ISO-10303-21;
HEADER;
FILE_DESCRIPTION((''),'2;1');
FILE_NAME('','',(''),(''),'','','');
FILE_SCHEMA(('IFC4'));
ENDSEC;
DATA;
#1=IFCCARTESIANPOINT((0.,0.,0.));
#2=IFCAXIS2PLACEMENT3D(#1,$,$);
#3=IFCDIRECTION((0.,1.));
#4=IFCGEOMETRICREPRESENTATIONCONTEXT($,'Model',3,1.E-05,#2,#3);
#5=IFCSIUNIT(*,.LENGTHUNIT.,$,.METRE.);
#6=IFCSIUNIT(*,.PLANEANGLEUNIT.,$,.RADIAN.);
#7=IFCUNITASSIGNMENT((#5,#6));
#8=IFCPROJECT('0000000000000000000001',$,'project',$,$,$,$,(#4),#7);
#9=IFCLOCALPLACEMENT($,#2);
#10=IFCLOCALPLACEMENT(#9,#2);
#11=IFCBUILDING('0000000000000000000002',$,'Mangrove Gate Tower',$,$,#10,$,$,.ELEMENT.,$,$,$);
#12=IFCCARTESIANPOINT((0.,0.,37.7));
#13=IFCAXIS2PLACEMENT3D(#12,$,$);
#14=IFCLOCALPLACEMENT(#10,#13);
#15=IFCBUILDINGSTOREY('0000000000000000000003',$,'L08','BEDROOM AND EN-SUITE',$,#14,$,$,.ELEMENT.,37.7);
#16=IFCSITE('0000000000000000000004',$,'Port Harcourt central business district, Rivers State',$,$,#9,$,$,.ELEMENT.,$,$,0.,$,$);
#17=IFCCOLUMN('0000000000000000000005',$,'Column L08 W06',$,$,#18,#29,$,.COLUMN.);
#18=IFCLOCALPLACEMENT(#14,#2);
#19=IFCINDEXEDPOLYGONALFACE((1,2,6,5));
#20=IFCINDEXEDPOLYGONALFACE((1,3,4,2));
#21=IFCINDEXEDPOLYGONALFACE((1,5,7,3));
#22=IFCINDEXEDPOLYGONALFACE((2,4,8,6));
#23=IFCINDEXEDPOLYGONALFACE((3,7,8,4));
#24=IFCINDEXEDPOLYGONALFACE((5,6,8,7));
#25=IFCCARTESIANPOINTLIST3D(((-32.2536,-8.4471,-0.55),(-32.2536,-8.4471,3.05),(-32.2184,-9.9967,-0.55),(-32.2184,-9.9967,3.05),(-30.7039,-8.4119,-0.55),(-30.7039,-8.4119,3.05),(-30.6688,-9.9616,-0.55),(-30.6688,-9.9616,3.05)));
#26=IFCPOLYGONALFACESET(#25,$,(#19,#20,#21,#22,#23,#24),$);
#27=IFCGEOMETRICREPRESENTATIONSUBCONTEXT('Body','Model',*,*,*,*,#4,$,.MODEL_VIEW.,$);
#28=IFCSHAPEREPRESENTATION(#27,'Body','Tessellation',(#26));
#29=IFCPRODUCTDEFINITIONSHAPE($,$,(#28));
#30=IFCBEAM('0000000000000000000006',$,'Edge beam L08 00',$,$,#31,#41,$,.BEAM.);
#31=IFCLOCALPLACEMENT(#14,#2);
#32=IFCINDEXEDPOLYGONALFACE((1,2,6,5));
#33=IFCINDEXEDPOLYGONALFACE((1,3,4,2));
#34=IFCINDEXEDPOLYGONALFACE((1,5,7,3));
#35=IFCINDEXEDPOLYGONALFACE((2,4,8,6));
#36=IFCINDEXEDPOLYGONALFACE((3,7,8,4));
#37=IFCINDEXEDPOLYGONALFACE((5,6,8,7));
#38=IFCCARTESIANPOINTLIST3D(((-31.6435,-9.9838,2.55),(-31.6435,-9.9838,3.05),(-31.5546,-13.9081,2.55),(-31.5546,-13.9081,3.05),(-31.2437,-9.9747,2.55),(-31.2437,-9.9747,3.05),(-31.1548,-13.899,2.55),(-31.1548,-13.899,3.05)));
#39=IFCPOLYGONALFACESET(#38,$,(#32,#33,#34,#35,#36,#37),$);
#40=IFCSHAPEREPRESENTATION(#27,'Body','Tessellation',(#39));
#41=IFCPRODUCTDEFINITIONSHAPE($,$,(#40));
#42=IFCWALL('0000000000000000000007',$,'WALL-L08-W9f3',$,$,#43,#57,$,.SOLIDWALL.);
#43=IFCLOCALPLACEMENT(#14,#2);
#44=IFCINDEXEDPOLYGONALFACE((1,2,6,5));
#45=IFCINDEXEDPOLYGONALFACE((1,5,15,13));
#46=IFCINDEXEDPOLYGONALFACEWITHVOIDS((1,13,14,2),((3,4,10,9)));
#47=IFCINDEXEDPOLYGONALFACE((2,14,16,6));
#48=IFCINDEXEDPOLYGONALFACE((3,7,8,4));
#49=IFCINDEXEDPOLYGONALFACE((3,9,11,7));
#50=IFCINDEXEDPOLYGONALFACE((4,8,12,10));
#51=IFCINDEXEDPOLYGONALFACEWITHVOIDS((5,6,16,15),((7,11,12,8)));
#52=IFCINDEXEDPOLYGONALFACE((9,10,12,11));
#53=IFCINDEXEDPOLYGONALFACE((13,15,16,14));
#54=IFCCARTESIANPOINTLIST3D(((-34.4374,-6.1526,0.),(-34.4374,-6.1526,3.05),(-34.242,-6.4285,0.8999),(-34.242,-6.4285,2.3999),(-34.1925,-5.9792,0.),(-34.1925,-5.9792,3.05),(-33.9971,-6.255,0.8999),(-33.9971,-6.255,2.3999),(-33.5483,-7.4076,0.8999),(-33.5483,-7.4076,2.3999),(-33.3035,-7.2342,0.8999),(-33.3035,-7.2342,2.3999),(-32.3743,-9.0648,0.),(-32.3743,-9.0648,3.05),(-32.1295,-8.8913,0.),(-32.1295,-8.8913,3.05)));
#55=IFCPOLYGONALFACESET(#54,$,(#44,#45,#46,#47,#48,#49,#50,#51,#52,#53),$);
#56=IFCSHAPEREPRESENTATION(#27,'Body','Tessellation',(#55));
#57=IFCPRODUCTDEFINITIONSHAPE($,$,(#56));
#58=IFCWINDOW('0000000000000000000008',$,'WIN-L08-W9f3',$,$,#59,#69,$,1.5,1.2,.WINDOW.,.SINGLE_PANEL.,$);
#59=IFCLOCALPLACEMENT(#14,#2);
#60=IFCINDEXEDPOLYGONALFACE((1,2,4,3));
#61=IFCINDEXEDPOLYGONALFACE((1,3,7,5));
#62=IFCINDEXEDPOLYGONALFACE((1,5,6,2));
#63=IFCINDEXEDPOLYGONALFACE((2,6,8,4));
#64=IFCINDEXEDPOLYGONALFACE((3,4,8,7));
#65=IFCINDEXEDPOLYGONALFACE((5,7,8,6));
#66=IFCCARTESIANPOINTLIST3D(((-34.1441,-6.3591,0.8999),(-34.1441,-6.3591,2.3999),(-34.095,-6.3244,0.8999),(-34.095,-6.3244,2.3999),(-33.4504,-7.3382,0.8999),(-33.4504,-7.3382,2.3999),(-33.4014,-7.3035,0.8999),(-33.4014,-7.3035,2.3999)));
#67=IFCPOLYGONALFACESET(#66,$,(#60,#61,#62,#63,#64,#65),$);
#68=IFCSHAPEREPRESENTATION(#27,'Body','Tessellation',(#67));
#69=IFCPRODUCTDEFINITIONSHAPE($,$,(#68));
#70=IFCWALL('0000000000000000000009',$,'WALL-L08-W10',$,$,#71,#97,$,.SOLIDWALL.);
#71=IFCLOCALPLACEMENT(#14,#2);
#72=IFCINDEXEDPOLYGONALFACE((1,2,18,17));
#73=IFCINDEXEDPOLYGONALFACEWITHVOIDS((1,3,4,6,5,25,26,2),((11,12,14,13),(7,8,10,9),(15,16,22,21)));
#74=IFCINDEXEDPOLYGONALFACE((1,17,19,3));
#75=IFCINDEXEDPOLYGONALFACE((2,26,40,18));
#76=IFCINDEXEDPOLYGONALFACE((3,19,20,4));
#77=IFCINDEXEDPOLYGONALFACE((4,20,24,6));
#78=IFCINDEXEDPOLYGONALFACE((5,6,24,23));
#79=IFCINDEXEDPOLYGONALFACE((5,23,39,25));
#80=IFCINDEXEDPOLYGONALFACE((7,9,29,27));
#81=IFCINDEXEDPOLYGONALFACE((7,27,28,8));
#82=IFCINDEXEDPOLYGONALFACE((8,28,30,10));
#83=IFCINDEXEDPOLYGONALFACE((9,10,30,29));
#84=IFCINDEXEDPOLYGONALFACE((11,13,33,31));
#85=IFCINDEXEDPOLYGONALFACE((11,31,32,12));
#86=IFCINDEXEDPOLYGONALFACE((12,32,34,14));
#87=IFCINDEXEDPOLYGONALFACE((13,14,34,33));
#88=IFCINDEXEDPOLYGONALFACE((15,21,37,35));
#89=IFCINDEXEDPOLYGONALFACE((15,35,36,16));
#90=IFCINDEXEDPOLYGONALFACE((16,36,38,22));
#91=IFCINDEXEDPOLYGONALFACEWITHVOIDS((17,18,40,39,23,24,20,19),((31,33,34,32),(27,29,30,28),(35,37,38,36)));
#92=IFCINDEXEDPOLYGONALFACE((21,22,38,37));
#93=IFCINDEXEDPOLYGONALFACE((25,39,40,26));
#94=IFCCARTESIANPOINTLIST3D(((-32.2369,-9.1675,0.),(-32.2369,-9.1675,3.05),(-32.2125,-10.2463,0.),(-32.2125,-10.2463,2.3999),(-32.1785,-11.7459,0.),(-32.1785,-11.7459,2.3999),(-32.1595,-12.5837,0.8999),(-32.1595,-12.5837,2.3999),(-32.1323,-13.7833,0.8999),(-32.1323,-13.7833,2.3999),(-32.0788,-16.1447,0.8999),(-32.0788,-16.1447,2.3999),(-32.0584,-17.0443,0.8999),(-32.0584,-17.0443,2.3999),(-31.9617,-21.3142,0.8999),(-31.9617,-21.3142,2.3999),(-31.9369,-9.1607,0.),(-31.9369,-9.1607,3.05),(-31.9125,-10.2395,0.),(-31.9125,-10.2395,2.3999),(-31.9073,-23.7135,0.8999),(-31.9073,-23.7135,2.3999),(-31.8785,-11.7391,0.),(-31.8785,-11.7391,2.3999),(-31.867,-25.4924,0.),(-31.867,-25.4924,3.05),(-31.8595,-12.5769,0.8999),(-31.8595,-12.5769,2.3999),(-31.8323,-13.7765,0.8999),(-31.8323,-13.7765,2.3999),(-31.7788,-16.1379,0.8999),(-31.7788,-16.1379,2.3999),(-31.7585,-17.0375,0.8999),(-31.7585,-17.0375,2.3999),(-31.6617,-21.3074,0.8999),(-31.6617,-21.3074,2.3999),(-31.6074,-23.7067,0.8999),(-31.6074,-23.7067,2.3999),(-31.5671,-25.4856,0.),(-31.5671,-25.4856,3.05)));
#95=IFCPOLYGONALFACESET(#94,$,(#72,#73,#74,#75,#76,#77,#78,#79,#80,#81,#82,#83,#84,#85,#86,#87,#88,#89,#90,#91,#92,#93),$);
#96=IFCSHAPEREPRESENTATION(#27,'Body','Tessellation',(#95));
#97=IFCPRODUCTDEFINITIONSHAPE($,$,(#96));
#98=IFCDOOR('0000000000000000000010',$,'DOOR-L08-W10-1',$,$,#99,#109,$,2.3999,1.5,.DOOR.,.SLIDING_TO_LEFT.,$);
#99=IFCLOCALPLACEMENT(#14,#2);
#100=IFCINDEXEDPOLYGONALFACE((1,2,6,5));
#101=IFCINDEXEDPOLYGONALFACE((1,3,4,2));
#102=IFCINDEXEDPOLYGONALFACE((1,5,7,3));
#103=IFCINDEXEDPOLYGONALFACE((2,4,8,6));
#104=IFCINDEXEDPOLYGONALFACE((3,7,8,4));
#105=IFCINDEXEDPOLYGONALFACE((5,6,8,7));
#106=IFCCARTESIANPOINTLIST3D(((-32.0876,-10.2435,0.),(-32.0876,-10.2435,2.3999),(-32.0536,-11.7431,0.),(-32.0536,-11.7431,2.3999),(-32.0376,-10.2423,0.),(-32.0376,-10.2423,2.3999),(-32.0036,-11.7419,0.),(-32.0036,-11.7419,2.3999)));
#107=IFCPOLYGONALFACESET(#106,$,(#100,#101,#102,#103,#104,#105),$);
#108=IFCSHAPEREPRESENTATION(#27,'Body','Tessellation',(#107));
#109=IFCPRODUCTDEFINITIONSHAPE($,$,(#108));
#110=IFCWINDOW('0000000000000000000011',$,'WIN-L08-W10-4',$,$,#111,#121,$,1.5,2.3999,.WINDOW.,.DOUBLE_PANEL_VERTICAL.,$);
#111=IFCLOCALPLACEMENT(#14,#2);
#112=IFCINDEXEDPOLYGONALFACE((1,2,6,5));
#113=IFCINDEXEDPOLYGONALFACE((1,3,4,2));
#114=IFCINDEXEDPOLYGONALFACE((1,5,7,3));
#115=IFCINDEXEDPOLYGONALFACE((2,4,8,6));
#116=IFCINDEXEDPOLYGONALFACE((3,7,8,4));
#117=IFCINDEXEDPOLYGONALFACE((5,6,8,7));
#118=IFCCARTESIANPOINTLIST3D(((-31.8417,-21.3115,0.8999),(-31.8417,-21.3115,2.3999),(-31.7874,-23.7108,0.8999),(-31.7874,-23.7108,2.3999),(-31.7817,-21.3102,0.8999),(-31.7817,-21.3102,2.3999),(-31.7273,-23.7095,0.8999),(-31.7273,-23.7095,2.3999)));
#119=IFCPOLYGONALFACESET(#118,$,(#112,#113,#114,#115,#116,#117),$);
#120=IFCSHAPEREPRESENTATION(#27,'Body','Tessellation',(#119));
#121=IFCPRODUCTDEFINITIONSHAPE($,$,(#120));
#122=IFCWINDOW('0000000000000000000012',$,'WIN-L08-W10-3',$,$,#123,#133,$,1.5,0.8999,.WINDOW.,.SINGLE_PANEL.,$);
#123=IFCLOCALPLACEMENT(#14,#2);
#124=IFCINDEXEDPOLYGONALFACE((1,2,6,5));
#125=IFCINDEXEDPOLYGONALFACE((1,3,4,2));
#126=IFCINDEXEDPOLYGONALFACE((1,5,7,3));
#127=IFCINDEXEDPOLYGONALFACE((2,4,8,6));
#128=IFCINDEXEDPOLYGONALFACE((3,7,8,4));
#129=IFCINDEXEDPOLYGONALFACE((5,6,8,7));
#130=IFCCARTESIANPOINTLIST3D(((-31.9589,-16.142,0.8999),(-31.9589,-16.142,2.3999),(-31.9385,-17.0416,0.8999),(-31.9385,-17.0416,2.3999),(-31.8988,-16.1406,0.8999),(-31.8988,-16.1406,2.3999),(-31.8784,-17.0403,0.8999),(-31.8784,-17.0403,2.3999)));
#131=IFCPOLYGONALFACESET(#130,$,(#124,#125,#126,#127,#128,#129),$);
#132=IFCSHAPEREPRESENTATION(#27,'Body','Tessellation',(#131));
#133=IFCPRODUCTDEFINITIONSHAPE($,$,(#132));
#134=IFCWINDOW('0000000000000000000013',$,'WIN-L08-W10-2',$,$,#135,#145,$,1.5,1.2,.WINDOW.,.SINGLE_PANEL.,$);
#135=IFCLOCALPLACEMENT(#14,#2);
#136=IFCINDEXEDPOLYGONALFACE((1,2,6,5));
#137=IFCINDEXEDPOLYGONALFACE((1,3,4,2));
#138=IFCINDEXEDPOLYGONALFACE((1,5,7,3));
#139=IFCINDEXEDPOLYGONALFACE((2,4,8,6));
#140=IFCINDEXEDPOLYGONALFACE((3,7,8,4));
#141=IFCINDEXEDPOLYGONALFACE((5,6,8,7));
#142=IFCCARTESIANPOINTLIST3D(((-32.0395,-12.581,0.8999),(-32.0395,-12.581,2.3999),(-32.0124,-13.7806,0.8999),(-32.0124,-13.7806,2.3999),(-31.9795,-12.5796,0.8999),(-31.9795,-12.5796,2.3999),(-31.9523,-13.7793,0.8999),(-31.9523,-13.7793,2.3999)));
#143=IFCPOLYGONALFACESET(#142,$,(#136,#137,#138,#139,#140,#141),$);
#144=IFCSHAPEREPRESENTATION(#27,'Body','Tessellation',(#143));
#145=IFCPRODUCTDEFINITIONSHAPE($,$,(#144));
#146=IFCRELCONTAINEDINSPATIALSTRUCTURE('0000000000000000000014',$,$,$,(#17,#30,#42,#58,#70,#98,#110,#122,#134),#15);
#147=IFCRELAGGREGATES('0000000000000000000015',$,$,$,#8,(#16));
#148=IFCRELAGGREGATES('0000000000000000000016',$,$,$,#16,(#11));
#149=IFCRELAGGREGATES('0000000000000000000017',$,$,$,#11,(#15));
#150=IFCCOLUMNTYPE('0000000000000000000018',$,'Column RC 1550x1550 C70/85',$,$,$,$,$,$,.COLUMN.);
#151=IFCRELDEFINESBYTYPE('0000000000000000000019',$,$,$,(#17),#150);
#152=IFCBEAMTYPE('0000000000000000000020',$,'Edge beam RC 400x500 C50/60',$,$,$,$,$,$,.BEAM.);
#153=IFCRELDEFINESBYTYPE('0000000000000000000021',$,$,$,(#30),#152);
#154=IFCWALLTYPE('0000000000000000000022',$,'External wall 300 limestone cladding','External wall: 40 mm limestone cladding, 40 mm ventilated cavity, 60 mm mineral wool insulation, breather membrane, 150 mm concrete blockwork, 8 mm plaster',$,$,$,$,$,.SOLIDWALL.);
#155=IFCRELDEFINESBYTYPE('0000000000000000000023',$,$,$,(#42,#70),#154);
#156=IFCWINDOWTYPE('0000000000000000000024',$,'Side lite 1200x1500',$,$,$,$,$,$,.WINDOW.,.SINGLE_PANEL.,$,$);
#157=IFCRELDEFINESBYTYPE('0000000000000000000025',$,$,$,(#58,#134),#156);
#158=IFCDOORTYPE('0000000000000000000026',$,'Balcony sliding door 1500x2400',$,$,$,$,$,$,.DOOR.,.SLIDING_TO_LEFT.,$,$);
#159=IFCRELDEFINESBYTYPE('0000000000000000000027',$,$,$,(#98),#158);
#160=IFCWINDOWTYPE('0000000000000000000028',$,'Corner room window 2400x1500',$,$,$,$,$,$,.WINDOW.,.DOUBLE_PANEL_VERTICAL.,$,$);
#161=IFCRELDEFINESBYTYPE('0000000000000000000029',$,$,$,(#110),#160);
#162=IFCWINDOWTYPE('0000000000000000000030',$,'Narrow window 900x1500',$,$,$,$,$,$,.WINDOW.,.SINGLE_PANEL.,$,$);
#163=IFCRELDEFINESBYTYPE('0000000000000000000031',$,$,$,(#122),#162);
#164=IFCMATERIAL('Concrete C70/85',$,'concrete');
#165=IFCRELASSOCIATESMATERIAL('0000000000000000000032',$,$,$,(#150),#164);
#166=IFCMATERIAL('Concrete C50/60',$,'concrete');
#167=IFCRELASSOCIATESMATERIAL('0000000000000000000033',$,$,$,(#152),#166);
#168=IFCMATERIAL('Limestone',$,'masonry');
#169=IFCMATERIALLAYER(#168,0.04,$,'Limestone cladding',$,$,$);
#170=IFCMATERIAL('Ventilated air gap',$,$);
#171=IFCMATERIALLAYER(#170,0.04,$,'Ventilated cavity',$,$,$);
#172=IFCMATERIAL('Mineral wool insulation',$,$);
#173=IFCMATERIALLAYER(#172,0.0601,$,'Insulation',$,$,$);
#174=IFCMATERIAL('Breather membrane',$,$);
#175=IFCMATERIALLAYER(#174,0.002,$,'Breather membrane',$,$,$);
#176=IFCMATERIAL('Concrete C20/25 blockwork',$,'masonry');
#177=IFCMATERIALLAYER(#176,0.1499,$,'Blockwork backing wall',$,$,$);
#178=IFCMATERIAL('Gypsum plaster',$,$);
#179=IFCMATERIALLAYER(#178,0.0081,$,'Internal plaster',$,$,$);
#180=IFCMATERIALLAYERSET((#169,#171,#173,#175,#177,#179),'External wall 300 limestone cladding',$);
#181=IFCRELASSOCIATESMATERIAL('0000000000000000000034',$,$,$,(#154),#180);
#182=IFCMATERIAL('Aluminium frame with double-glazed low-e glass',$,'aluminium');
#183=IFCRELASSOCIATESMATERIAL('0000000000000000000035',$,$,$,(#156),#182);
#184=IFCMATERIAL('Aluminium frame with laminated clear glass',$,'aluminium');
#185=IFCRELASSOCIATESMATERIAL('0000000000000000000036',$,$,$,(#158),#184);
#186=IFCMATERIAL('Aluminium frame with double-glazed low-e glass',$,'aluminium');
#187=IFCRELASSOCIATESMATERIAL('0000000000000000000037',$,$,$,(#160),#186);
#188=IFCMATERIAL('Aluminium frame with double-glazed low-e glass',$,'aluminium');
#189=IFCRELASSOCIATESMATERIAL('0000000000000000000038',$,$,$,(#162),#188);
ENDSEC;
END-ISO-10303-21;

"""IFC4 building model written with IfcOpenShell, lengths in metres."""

from ifc_helpers import new_model, si_unit, direction, frame, frame_2d, origin, origin_2d, place, context, subcontext, project, spatial, rectangle, extrude, material, layer, layer_set, material_profile, profile_set, type_object, element, fill, save


model = new_model("IFC4")

# Units and contexts
model_context = context("Model", 3, precision=1e-05, world=origin(), true_north=direction((0.0, 1.0)))
body_context = subcontext(model_context, "Body", "Model", "MODEL_VIEW")
ifc_project = project(units=[si_unit("LENGTHUNIT", "METRE"), si_unit("PLANEANGLEUNIT", "RADIAN")], contexts=[model_context])

# Site, building, storey
site_placement = place(None, origin())
site = spatial("IfcSite", under=ifc_project, at=site_placement, Name="Port Harcourt central business district, Rivers State", CompositionType="ELEMENT", RefElevation=0.0)
building_placement = place(site_placement, origin())
building = spatial("IfcBuilding", under=site, at=building_placement, Name="Mangrove Gate Tower", CompositionType="ELEMENT")
storey_placement = place(building_placement, frame((0.0, 0.0, 37.7)))
storey = spatial("IfcBuildingStorey", under=building, at=storey_placement, Name="L08", Description="BEDROOM AND EN-SUITE", CompositionType="ELEMENT", Elevation=37.7)

# Column
ifc_material_1 = material(Name="Concrete C70/85", Category="concrete")
ifc_material_profile_1 = material_profile(ifc_material_1, rectangle(XDim=1.55, YDim=1.55, at=origin_2d()))
ifc_profile_set_1 = profile_set([ifc_material_profile_1], Name="Concrete C70/85")
column_type = type_object("IfcColumnType", Name="Column RC 1550x1550 C70/85", PredefinedType="COLUMN", material=ifc_profile_set_1)
column_placement = place(storey_placement, frame((-31.4612, -9.2043, -0.55), z_axis=(0.0, 0.0, 1.0), x_axis=(0.022678, -0.999743, 0.0)))
element("IfcColumn", 1, at=column_placement, inside=storey, type_object=column_type, Name="Column L08 W06", PredefinedType="COLUMN", context=body_context, shape_type="SweptSolid", body=[
    extrude(rectangle(XDim=1.55, YDim=1.55, at=origin_2d()), origin(), (0.0, 0.0, 1.0), 3.6001),
])

# Beam
ifc_material_2 = material(Name="Concrete C50/60", Category="concrete")
ifc_material_profile_2 = material_profile(ifc_material_2, rectangle(XDim=0.3999, YDim=0.5, at=origin_2d()))
ifc_profile_set_2 = profile_set([ifc_material_profile_2], Name="Concrete C50/60")
beam_type = type_object("IfcBeamType", Name="Edge beam RC 400x500 C50/60", PredefinedType="BEAM", material=ifc_profile_set_2)
beam_placement = place(storey_placement, frame((-31.4436, -9.9792, 2.8), z_axis=(0.022639, -0.999744, 0.0), x_axis=(0.999744, 0.022639, 0.0)))
element("IfcBeam", 2, at=beam_placement, inside=storey, type_object=beam_type, Name="Edge beam L08 00", PredefinedType="BEAM", context=body_context, shape_type="SweptSolid", body=[
    extrude(rectangle(XDim=0.3999, YDim=0.5, at=origin_2d()), origin(), (0.0, 0.0, 1.0), 3.9253),
])

# Wall, opening, window
ifc_material_3 = material(Name="Limestone", Category="masonry")
ifc_layer_1 = layer(ifc_material_3, 0.04, Name="Limestone cladding")
ifc_material_4 = material(Name="Ventilated air gap")
ifc_layer_2 = layer(ifc_material_4, 0.04, Name="Ventilated cavity")
ifc_material_5 = material(Name="Mineral wool insulation")
ifc_layer_3 = layer(ifc_material_5, 0.0601, Name="Insulation")
ifc_material_6 = material(Name="Breather membrane")
ifc_layer_4 = layer(ifc_material_6, 0.002, Name="Breather membrane")
ifc_material_7 = material(Name="Concrete C20/25 blockwork", Category="masonry")
ifc_layer_5 = layer(ifc_material_7, 0.1499, Name="Blockwork backing wall")
ifc_material_8 = material(Name="Gypsum plaster")
ifc_layer_6 = layer(ifc_material_8, 0.0081, Name="Internal plaster")
ifc_layer_set_1 = layer_set([ifc_layer_1, ifc_layer_2, ifc_layer_3, ifc_layer_4, ifc_layer_5, ifc_layer_6], Name="External wall 300 limestone cladding")
wall_type_1 = type_object("IfcWallType", Name="External wall 300 limestone cladding", Description="External wall: 40 mm limestone cladding, 40 mm ventilated cavity, 60 mm mineral wool insulation, breather membrane, 150 mm concrete blockwork, 8 mm plaster", PredefinedType="SOLIDWALL", material=ifc_layer_set_1)
wall_1_placement = place(storey_placement, frame((-34.3149, -6.0659, 0.0), z_axis=(0.0, 0.0, 1.0), x_axis=(0.578063, -0.815992, 0.0)))
wall_1 = element("IfcWall", 3, at=wall_1_placement, inside=storey, type_object=wall_type_1, Name="WALL-L08-W9f3", PredefinedType="SOLIDWALL", context=body_context, shape_type="SweptSolid", body=[
    extrude(rectangle(XDim=3.5688, YDim=0.3, at=frame_2d((1.7844, 0.0))), origin(), (0.0, 0.0, 1.0), 3.05),
])
opening_1_placement = place(wall_1_placement, frame((0.3379, 0.0, 0.8999)))
opening_1 = element("IfcOpeningElement", 4, at=opening_1_placement, cuts=wall_1, PredefinedType="OPENING", context=body_context, shape_type="SweptSolid", body=[
    extrude(rectangle(XDim=1.2, YDim=1.5, at=frame_2d((0.6001, 0.75))), frame((0.0, 0.1599, 0.0), z_axis=(0.0, -1.0, 0.0), x_axis=(1.0, 0.0, 0.0)), (0.0, 0.0, 1.0), 0.3201),
])
ifc_material_9 = material(Name="Aluminium frame with double-glazed low-e glass", Category="aluminium")
window_type_1 = type_object("IfcWindowType", Name="Side lite 1200x1500", PartitioningType="SINGLE_PANEL", PredefinedType="WINDOW", material=ifc_material_9)
window_1_placement = place(opening_1_placement, origin())
window_1 = element("IfcWindow", 5, at=window_1_placement, inside=storey, type_object=window_type_1, Name="WIN-L08-W9f3", OverallHeight=1.5, OverallWidth=1.2, PartitioningType="SINGLE_PANEL", PredefinedType="WINDOW", context=body_context, shape_type="SweptSolid", body=[
    extrude(rectangle(XDim=1.2, YDim=1.5, at=frame_2d((0.6001, 0.75))), frame((0.0, 0.03, 0.0), z_axis=(0.0, -1.0, 0.0), x_axis=(1.0, 0.0, 0.0)), (0.0, 0.0, 1.0), 0.0601),
])
fill(opening_1, window_1)

# Wall, openings, door, windows
wall_2_placement = place(storey_placement, frame((-32.0869, -9.1641, 0.0), z_axis=(0.0, 0.0, 1.0), x_axis=(0.022651, -0.999743, 0.0)))
wall_2 = element("IfcWall", 6, at=wall_2_placement, inside=storey, type_object=wall_type_1, Name="WALL-L08-W10", PredefinedType="SOLIDWALL", context=body_context, shape_type="SweptSolid", body=[
    extrude(rectangle(XDim=16.3291, YDim=0.3, at=frame_2d((8.1646, 0.0))), origin(), (0.0, 0.0, 1.0), 3.05),
])
opening_2_placement = place(wall_2_placement, frame((1.0791, 0.0, 0.0)))
opening_2 = element("IfcOpeningElement", 7, at=opening_2_placement, cuts=wall_2, PredefinedType="OPENING", context=body_context, shape_type="SweptSolid", body=[
    extrude(rectangle(XDim=1.5, YDim=2.3999, at=frame_2d((0.75, 1.2))), frame((0.0, 0.1599, 0.0), z_axis=(0.0, -1.0, 0.0), x_axis=(1.0, 0.0, 0.0)), (0.0, 0.0, 1.0), 0.3201),
])
opening_3_placement = place(wall_2_placement, frame((3.417, 0.0, 0.8999)))
opening_3 = element("IfcOpeningElement", 8, at=opening_3_placement, cuts=wall_2, PredefinedType="OPENING", context=body_context, shape_type="SweptSolid", body=[
    extrude(rectangle(XDim=1.2, YDim=1.5, at=frame_2d((0.6001, 0.75))), frame((0.0, 0.1599, 0.0), z_axis=(0.0, -1.0, 0.0), x_axis=(1.0, 0.0, 0.0)), (0.0, 0.0, 1.0), 0.3201),
])
opening_4_placement = place(wall_2_placement, frame((6.979, 0.0, 0.8999)))
opening_4 = element("IfcOpeningElement", 9, at=opening_4_placement, cuts=wall_2, PredefinedType="OPENING", context=body_context, shape_type="SweptSolid", body=[
    extrude(rectangle(XDim=0.8999, YDim=1.5, at=frame_2d((0.45, 0.75))), frame((0.0, 0.1599, 0.0), z_axis=(0.0, -1.0, 0.0), x_axis=(1.0, 0.0, 0.0)), (0.0, 0.0, 1.0), 0.3201),
])
opening_5_placement = place(wall_2_placement, frame((12.1499, 0.0, 0.8999)))
opening_5 = element("IfcOpeningElement", 10, at=opening_5_placement, cuts=wall_2, PredefinedType="OPENING", context=body_context, shape_type="SweptSolid", body=[
    extrude(rectangle(XDim=2.3999, YDim=1.5, at=frame_2d((1.2, 0.75))), frame((0.0, 0.1599, 0.0), z_axis=(0.0, -1.0, 0.0), x_axis=(1.0, 0.0, 0.0)), (0.0, 0.0, 1.0), 0.3201),
])
ifc_material_10 = material(Name="Aluminium frame with laminated clear glass", Category="aluminium")
door_type = type_object("IfcDoorType", Name="Balcony sliding door 1500x2400", OperationType="SLIDING_TO_LEFT", PredefinedType="DOOR", material=ifc_material_10)
door_placement = place(opening_2_placement, origin())
door = element("IfcDoor", 11, at=door_placement, inside=storey, type_object=door_type, Name="DOOR-L08-W10-1", OperationType="SLIDING_TO_LEFT", OverallHeight=2.3999, OverallWidth=1.5, PredefinedType="DOOR", context=body_context, shape_type="SweptSolid", body=[
    extrude(rectangle(XDim=1.5, YDim=2.3999, at=frame_2d((0.75, 1.2))), frame((0.0, 0.0249, 0.0), z_axis=(0.0, -1.0, 0.0), x_axis=(1.0, 0.0, 0.0)), (0.0, 0.0, 1.0), 0.05),
])
fill(opening_2, door)
ifc_material_11 = material(Name="Aluminium frame with double-glazed low-e glass", Category="aluminium")
window_type_2 = type_object("IfcWindowType", Name="Corner room window 2400x1500", PartitioningType="DOUBLE_PANEL_VERTICAL", PredefinedType="WINDOW", material=ifc_material_11)
window_2_placement = place(opening_5_placement, origin())
window_2 = element("IfcWindow", 12, at=window_2_placement, inside=storey, type_object=window_type_2, Name="WIN-L08-W10-4", OverallHeight=1.5, OverallWidth=2.3999, PartitioningType="DOUBLE_PANEL_VERTICAL", PredefinedType="WINDOW", context=body_context, shape_type="SweptSolid", body=[
    extrude(rectangle(XDim=2.3999, YDim=1.5, at=frame_2d((1.2, 0.75))), frame((0.0, 0.03, 0.0), z_axis=(0.0, -1.0, 0.0), x_axis=(1.0, 0.0, 0.0)), (0.0, 0.0, 1.0), 0.0601),
])
fill(opening_5, window_2)
ifc_material_12 = material(Name="Aluminium frame with double-glazed low-e glass", Category="aluminium")
window_type_3 = type_object("IfcWindowType", Name="Narrow window 900x1500", PartitioningType="SINGLE_PANEL", PredefinedType="WINDOW", material=ifc_material_12)
window_3_placement = place(opening_4_placement, origin())
window_3 = element("IfcWindow", 13, at=window_3_placement, inside=storey, type_object=window_type_3, Name="WIN-L08-W10-3", OverallHeight=1.5, OverallWidth=0.8999, PartitioningType="SINGLE_PANEL", PredefinedType="WINDOW", context=body_context, shape_type="SweptSolid", body=[
    extrude(rectangle(XDim=0.8999, YDim=1.5, at=frame_2d((0.45, 0.75))), frame((0.0, 0.03, 0.0), z_axis=(0.0, -1.0, 0.0), x_axis=(1.0, 0.0, 0.0)), (0.0, 0.0, 1.0), 0.0601),
])
fill(opening_4, window_3)
window_4_placement = place(opening_3_placement, origin())
window_4 = element("IfcWindow", 14, at=window_4_placement, inside=storey, type_object=window_type_1, Name="WIN-L08-W10-2", OverallHeight=1.5, OverallWidth=1.2, PartitioningType="SINGLE_PANEL", PredefinedType="WINDOW", context=body_context, shape_type="SweptSolid", body=[
    extrude(rectangle(XDim=1.2, YDim=1.5, at=frame_2d((0.6001, 0.75))), frame((0.0, 0.03, 0.0), z_axis=(0.0, -1.0, 0.0), x_axis=(1.0, 0.0, 0.0)), (0.0, 0.0, 1.0), 0.0601),
])
fill(opening_3, window_4)

save(model, "model.ifc")
